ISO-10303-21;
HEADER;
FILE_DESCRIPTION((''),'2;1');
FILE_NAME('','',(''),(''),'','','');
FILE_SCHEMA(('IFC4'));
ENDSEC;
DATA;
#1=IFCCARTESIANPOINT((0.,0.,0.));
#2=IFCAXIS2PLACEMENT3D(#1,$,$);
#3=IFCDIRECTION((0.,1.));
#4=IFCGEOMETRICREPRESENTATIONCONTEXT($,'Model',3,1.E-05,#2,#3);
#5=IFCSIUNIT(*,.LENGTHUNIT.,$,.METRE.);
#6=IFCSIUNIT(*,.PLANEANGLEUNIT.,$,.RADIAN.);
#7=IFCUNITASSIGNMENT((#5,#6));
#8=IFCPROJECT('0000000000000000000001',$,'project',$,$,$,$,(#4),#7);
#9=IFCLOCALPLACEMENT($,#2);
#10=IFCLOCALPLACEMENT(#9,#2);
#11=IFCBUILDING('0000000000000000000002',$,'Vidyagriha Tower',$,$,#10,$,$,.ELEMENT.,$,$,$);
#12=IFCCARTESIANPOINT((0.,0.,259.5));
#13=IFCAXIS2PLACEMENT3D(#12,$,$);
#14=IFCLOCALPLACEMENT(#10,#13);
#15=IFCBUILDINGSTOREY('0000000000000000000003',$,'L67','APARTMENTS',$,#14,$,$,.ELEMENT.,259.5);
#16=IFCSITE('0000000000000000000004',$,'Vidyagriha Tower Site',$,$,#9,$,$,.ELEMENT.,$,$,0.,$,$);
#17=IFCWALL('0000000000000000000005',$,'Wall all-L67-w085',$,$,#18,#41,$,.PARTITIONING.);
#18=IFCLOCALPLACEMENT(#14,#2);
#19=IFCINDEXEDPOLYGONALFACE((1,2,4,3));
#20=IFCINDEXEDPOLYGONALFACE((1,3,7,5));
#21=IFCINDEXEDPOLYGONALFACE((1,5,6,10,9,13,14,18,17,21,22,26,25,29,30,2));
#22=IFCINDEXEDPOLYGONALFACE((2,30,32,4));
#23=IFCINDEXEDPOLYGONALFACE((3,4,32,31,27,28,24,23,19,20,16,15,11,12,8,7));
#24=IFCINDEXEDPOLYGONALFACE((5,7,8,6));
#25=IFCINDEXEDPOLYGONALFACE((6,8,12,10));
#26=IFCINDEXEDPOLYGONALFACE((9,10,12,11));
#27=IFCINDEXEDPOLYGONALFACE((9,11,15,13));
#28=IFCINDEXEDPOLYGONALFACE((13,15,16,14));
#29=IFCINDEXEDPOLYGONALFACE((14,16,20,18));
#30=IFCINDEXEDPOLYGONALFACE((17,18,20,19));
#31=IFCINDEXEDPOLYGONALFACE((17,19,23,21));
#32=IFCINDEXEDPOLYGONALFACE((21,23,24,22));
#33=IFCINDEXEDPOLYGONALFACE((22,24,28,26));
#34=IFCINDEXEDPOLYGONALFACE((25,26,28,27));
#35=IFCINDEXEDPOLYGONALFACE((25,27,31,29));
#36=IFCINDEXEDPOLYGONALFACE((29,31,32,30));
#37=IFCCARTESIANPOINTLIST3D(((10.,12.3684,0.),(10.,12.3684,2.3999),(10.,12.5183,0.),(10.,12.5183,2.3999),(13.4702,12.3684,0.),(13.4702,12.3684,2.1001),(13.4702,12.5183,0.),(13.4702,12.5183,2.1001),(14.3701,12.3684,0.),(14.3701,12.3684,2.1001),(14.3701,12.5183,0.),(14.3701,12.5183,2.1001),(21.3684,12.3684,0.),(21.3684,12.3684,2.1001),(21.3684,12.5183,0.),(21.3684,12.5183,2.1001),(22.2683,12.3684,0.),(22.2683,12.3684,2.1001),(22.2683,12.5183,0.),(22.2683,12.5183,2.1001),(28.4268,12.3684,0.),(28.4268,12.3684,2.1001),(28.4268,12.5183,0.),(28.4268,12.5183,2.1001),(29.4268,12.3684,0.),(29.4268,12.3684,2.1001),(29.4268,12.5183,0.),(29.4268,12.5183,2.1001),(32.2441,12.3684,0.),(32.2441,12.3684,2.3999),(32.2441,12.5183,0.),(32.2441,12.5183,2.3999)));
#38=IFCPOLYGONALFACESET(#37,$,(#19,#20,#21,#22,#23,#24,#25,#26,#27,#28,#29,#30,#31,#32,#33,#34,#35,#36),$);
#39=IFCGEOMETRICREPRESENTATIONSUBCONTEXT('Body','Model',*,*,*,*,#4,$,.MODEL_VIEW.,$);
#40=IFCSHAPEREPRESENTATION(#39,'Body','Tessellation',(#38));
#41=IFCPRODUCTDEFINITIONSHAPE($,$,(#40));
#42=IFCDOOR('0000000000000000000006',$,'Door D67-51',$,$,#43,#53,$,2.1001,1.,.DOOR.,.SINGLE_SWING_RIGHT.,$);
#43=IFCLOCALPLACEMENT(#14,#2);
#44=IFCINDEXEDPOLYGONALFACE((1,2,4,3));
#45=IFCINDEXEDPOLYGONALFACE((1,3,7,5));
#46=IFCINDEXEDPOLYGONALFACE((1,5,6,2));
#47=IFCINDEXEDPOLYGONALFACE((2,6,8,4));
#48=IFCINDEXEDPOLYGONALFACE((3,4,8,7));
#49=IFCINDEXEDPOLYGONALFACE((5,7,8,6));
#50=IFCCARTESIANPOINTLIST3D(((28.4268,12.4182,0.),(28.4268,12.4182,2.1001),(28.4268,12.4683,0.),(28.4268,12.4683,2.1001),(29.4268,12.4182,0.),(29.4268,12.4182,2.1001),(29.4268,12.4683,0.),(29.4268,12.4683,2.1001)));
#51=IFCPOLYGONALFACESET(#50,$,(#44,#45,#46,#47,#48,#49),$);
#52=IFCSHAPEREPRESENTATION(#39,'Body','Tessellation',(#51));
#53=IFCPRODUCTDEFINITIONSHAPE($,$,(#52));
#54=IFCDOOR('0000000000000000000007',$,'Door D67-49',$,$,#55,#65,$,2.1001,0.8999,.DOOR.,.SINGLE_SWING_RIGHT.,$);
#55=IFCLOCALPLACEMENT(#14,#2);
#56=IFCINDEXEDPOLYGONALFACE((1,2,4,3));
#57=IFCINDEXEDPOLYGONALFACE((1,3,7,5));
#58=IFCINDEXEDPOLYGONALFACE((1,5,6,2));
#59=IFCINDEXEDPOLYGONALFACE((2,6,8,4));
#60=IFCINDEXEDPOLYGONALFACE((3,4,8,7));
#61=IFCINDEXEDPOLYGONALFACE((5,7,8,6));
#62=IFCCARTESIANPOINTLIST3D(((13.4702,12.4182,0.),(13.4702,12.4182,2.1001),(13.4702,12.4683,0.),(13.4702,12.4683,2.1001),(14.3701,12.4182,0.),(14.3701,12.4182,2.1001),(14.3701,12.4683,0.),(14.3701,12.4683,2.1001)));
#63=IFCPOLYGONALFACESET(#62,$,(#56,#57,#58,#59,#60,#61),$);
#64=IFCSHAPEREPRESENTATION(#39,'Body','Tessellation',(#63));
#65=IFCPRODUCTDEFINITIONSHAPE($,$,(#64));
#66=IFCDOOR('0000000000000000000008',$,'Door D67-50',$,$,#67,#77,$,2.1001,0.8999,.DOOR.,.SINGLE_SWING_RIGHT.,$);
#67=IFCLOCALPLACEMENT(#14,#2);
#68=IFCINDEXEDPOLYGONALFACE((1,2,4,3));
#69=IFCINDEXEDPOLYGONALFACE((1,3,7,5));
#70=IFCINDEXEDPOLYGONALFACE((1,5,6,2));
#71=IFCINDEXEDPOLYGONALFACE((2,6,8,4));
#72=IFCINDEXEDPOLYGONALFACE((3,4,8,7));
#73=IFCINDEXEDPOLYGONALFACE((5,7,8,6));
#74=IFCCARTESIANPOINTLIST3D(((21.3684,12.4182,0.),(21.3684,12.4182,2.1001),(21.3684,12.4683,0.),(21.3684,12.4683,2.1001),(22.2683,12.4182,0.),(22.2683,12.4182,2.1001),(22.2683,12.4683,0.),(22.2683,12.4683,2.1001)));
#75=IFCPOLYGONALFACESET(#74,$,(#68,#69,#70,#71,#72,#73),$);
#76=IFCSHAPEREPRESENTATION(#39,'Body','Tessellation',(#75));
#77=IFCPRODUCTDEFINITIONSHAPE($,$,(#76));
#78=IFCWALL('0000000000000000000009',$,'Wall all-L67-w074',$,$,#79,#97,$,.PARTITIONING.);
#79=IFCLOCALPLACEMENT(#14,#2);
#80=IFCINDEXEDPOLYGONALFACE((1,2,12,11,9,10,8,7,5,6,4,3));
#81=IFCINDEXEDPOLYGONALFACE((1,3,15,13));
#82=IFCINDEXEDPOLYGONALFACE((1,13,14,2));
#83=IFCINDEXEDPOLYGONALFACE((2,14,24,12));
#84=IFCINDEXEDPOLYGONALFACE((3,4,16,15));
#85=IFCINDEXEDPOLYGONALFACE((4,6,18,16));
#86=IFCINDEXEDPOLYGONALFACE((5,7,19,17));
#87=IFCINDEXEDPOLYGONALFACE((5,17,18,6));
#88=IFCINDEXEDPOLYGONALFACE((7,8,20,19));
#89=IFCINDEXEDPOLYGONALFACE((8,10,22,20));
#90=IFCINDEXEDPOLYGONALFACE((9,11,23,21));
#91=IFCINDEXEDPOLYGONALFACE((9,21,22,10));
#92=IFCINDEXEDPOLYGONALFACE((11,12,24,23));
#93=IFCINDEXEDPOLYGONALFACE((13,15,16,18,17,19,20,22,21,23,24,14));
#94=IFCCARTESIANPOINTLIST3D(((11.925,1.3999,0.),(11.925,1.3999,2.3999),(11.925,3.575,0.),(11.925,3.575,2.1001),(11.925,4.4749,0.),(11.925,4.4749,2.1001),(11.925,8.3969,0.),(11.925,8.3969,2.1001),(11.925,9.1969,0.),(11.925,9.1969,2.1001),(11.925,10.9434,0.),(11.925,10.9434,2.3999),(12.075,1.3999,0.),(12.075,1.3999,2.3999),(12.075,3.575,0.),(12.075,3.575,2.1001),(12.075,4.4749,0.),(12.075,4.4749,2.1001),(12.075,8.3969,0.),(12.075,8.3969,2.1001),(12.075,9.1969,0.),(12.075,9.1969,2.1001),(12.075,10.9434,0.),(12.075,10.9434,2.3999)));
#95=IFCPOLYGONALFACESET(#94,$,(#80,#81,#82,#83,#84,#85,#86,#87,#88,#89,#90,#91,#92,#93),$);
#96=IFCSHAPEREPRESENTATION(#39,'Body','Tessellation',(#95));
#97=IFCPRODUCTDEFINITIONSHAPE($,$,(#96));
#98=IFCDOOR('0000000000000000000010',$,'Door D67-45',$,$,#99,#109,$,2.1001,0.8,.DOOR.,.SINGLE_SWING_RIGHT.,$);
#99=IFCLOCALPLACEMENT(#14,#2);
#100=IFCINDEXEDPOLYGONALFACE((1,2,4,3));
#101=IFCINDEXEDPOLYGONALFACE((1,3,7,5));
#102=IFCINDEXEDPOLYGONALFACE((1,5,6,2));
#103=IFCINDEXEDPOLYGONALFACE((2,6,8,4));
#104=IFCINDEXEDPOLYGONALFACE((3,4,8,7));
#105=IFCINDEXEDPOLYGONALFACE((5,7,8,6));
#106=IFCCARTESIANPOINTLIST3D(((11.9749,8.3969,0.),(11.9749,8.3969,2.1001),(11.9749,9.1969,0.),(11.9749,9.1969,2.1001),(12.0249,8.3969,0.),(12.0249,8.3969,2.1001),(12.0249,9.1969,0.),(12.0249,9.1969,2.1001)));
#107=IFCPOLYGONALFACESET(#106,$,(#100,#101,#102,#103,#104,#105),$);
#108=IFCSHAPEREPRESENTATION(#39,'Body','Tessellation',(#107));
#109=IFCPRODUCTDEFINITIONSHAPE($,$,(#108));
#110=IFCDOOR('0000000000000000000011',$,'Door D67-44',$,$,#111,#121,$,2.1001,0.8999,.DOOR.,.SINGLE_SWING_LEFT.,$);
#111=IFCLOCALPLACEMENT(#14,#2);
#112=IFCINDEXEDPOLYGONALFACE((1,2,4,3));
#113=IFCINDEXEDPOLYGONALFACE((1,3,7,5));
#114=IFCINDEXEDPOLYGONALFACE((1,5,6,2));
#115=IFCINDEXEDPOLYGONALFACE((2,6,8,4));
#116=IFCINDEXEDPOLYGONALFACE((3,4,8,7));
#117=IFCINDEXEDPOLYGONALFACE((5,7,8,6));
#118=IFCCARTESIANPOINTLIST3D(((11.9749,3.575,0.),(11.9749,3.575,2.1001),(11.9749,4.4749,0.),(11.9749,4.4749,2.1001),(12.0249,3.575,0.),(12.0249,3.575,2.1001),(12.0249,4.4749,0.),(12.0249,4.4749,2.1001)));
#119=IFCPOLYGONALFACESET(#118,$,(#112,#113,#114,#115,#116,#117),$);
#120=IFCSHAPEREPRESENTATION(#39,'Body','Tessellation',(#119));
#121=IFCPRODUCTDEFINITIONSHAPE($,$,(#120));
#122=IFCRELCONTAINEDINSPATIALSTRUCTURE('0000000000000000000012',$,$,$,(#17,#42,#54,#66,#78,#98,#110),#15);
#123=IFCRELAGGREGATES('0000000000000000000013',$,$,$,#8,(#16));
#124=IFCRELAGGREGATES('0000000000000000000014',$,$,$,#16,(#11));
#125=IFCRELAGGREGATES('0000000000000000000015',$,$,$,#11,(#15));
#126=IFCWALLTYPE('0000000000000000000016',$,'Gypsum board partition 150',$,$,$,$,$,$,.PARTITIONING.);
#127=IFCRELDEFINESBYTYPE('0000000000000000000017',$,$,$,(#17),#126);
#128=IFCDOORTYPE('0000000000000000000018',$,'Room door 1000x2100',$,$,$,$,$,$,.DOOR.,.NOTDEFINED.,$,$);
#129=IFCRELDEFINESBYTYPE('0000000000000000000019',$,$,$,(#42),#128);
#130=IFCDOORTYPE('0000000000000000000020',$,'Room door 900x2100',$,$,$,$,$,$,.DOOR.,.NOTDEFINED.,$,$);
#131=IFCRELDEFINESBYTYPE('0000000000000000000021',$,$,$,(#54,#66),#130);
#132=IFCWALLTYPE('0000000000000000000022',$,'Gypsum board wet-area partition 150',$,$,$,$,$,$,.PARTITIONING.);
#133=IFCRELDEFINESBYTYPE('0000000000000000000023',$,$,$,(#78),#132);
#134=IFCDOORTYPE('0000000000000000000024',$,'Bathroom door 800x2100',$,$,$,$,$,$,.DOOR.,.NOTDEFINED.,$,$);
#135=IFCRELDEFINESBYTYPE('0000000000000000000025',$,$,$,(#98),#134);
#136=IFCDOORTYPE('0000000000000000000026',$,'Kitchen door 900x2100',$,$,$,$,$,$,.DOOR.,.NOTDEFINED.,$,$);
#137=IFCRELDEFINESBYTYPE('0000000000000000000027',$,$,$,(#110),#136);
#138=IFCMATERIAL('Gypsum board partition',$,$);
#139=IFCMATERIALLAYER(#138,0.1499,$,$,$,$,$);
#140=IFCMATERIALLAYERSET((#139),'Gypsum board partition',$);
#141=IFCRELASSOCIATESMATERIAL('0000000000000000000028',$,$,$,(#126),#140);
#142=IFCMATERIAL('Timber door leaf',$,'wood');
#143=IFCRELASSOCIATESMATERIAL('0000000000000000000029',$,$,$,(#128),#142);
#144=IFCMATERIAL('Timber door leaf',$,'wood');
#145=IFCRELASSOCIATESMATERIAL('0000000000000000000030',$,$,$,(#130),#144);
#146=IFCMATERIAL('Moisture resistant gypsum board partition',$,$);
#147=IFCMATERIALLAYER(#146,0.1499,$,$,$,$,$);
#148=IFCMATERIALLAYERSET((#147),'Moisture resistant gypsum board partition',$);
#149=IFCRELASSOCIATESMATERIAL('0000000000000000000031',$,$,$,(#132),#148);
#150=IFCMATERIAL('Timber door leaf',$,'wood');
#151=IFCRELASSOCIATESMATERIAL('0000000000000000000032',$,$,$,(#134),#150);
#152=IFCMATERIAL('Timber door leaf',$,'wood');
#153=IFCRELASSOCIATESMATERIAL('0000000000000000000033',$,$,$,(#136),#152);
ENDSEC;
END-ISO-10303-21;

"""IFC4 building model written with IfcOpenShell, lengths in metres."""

from ifc_helpers import new_model, si_unit, direction, frame, frame_2d, origin, place, context, subcontext, project, spatial, rectangle, extrude, material, layer, layer_set, type_object, element, fill, save


model = new_model("IFC4")

# Units and contexts
model_context = context("Model", 3, precision=1e-05, world=origin(), true_north=direction((0.0, 1.0)))
body_context = subcontext(model_context, "Body", "Model", "MODEL_VIEW")
ifc_project = project(units=[si_unit("LENGTHUNIT", "METRE"), si_unit("PLANEANGLEUNIT", "RADIAN")], contexts=[model_context])

# Site, building, storey
site_placement = place(None, origin())
site = spatial("IfcSite", under=ifc_project, at=site_placement, Name="Vidyagriha Tower Site", CompositionType="ELEMENT", RefElevation=0.0)
building_placement = place(site_placement, origin())
building = spatial("IfcBuilding", under=site, at=building_placement, Name="Vidyagriha Tower", CompositionType="ELEMENT")
storey_placement = place(building_placement, frame((0.0, 0.0, 259.5)))
storey = spatial("IfcBuildingStorey", under=building, at=storey_placement, Name="L67", Description="APARTMENTS", CompositionType="ELEMENT", Elevation=259.5)

# Shared definitions
ifc_material_1 = material(Name="Gypsum board partition")
ifc_layer_1 = layer(ifc_material_1, 0.1499)
ifc_layer_set_1 = layer_set([ifc_layer_1], Name="Gypsum board partition")
wall_type_1 = type_object("IfcWallType", Name="Gypsum board partition 150", PredefinedType="PARTITIONING", material=ifc_layer_set_1)

# Walls, openings, doors
wall_1_placement = place(storey_placement, frame((10.0, 12.4434, 0.0)))
wall_1 = element("IfcWall", 1, at=wall_1_placement, inside=storey, type_object=wall_type_1, Name="Wall all-L67-w085", PredefinedType="PARTITIONING", context=body_context, shape_type="SweptSolid", body=[
    extrude(rectangle(XDim=22.2441, YDim=0.1499, at=frame_2d((11.1221, 0.0))), origin(), (0.0, 0.0, 1.0), 2.3999),
])
opening_1_placement = place(wall_1_placement, frame((3.4702, 0.0, 0.0)))
opening_1 = element("IfcOpeningElement", 2, at=opening_1_placement, cuts=wall_1, PredefinedType="OPENING", context=body_context, shape_type="SweptSolid", body=[
    extrude(rectangle(XDim=0.8999, YDim=2.1001, at=frame_2d((0.45, 1.05))), frame((0.0, 0.085, 0.0), z_axis=(0.0, -1.0, 0.0), x_axis=(1.0, 0.0, 0.0)), (0.0, 0.0, 1.0), 0.1699),
])
opening_2_placement = place(wall_1_placement, frame((11.3684, 0.0, 0.0)))
opening_2 = element("IfcOpeningElement", 3, at=opening_2_placement, cuts=wall_1, PredefinedType="OPENING", context=body_context, shape_type="SweptSolid", body=[
    extrude(rectangle(XDim=0.8999, YDim=2.1001, at=frame_2d((0.45, 1.05))), frame((0.0, 0.085, 0.0), z_axis=(0.0, -1.0, 0.0), x_axis=(1.0, 0.0, 0.0)), (0.0, 0.0, 1.0), 0.1699),
])
opening_3_placement = place(wall_1_placement, frame((18.4268, 0.0, 0.0)))
opening_3 = element("IfcOpeningElement", 4, at=opening_3_placement, cuts=wall_1, PredefinedType="OPENING", context=body_context, shape_type="SweptSolid", body=[
    extrude(rectangle(XDim=1.0, YDim=2.1001, at=frame_2d((0.5, 1.05))), frame((0.0, 0.085, 0.0), z_axis=(0.0, -1.0, 0.0), x_axis=(1.0, 0.0, 0.0)), (0.0, 0.0, 1.0), 0.1699),
])
ifc_material_2 = material(Name="Timber door leaf", Category="wood")
door_type_1 = type_object("IfcDoorType", Name="Room door 1000x2100", OperationType="NOTDEFINED", PredefinedType="DOOR", material=ifc_material_2)
door_1_placement = place(opening_3_placement, origin())
door_1 = element("IfcDoor", 5, at=door_1_placement, inside=storey, type_object=door_type_1, Name="Door D67-51", OperationType="SINGLE_SWING_RIGHT", OverallHeight=2.1001, OverallWidth=1.0, PredefinedType="DOOR", context=body_context, shape_type="SweptSolid", body=[
    extrude(rectangle(XDim=1.0, YDim=2.1001, at=frame_2d((0.5, 1.05))), frame((0.0, 0.0249, 0.0), z_axis=(0.0, -1.0, 0.0), x_axis=(1.0, 0.0, 0.0)), (0.0, 0.0, 1.0), 0.05),
])
fill(opening_3, door_1)
ifc_material_3 = material(Name="Timber door leaf", Category="wood")
door_type_2 = type_object("IfcDoorType", Name="Room door 900x2100", OperationType="NOTDEFINED", PredefinedType="DOOR", material=ifc_material_3)
door_2_placement = place(opening_1_placement, origin())
door_2 = element("IfcDoor", 6, at=door_2_placement, inside=storey, type_object=door_type_2, Name="Door D67-49", OperationType="SINGLE_SWING_RIGHT", OverallHeight=2.1001, OverallWidth=0.8999, PredefinedType="DOOR", context=body_context, shape_type="SweptSolid", body=[
    extrude(rectangle(XDim=0.8999, YDim=2.1001, at=frame_2d((0.45, 1.05))), frame((0.0, 0.0249, 0.0), z_axis=(0.0, -1.0, 0.0), x_axis=(1.0, 0.0, 0.0)), (0.0, 0.0, 1.0), 0.05),
])
fill(opening_1, door_2)
door_3_placement = place(opening_2_placement, origin())
door_3 = element("IfcDoor", 7, at=door_3_placement, inside=storey, type_object=door_type_2, Name="Door D67-50", OperationType="SINGLE_SWING_RIGHT", OverallHeight=2.1001, OverallWidth=0.8999, PredefinedType="DOOR", context=body_context, shape_type="SweptSolid", body=[
    extrude(rectangle(XDim=0.8999, YDim=2.1001, at=frame_2d((0.45, 1.05))), frame((0.0, 0.0249, 0.0), z_axis=(0.0, -1.0, 0.0), x_axis=(1.0, 0.0, 0.0)), (0.0, 0.0, 1.0), 0.05),
])
fill(opening_2, door_3)
ifc_material_4 = material(Name="Moisture resistant gypsum board partition")
ifc_layer_2 = layer(ifc_material_4, 0.1499)
ifc_layer_set_2 = layer_set([ifc_layer_2], Name="Moisture resistant gypsum board partition")
wall_type_2 = type_object("IfcWallType", Name="Gypsum board wet-area partition 150", PredefinedType="PARTITIONING", material=ifc_layer_set_2)
wall_2_placement = place(storey_placement, frame((12.0, 10.9434, 0.0), z_axis=(0.0, 0.0, 1.0), x_axis=(0.0, -1.0, 0.0)))
wall_2 = element("IfcWall", 8, at=wall_2_placement, inside=storey, type_object=wall_type_2, Name="Wall all-L67-w074", PredefinedType="PARTITIONING", context=body_context, shape_type="SweptSolid", body=[
    extrude(rectangle(XDim=9.5435, YDim=0.1499, at=frame_2d((4.7717, 0.0))), origin(), (0.0, 0.0, 1.0), 2.3999),
])
opening_4_placement = place(wall_2_placement, frame((6.4685, 0.0, 0.0)))
opening_4 = element("IfcOpeningElement", 9, at=opening_4_placement, cuts=wall_2, PredefinedType="OPENING", context=body_context, shape_type="SweptSolid", body=[
    extrude(rectangle(XDim=0.8999, YDim=2.1001, at=frame_2d((0.45, 1.05))), frame((0.0, 0.085, 0.0), z_axis=(0.0, -1.0, 0.0), x_axis=(1.0, 0.0, 0.0)), (0.0, 0.0, 1.0), 0.1699),
])
opening_5_placement = place(wall_2_placement, frame((1.7466, 0.0, 0.0)))
opening_5 = element("IfcOpeningElement", 10, at=opening_5_placement, cuts=wall_2, PredefinedType="OPENING", context=body_context, shape_type="SweptSolid", body=[
    extrude(rectangle(XDim=0.8, YDim=2.1001, at=frame_2d((0.3999, 1.05))), frame((0.0, 0.085, 0.0), z_axis=(0.0, -1.0, 0.0), x_axis=(1.0, 0.0, 0.0)), (0.0, 0.0, 1.0), 0.1699),
])
ifc_material_5 = material(Name="Timber door leaf", Category="wood")
door_type_3 = type_object("IfcDoorType", Name="Bathroom door 800x2100", OperationType="NOTDEFINED", PredefinedType="DOOR", material=ifc_material_5)
door_4_placement = place(opening_5_placement, origin())
door_4 = element("IfcDoor", 11, at=door_4_placement, inside=storey, type_object=door_type_3, Name="Door D67-45", OperationType="SINGLE_SWING_RIGHT", OverallHeight=2.1001, OverallWidth=0.8, PredefinedType="DOOR", context=body_context, shape_type="SweptSolid", body=[
    extrude(rectangle(XDim=0.8, YDim=2.1001, at=frame_2d((0.3999, 1.05))), frame((0.0, 0.0249, 0.0), z_axis=(0.0, -1.0, 0.0), x_axis=(1.0, 0.0, 0.0)), (0.0, 0.0, 1.0), 0.05),
])
fill(opening_5, door_4)
ifc_material_6 = material(Name="Timber door leaf", Category="wood")
door_type_4 = type_object("IfcDoorType", Name="Kitchen door 900x2100", OperationType="NOTDEFINED", PredefinedType="DOOR", material=ifc_material_6)
door_5_placement = place(opening_4_placement, origin())
door_5 = element("IfcDoor", 12, at=door_5_placement, inside=storey, type_object=door_type_4, Name="Door D67-44", OperationType="SINGLE_SWING_LEFT", OverallHeight=2.1001, OverallWidth=0.8999, PredefinedType="DOOR", context=body_context, shape_type="SweptSolid", body=[
    extrude(rectangle(XDim=0.8999, YDim=2.1001, at=frame_2d((0.45, 1.05))), frame((0.0, 0.0249, 0.0), z_axis=(0.0, -1.0, 0.0), x_axis=(1.0, 0.0, 0.0)), (0.0, 0.0, 1.0), 0.05),
])
fill(opening_4, door_5)

save(model, "model.ifc")
